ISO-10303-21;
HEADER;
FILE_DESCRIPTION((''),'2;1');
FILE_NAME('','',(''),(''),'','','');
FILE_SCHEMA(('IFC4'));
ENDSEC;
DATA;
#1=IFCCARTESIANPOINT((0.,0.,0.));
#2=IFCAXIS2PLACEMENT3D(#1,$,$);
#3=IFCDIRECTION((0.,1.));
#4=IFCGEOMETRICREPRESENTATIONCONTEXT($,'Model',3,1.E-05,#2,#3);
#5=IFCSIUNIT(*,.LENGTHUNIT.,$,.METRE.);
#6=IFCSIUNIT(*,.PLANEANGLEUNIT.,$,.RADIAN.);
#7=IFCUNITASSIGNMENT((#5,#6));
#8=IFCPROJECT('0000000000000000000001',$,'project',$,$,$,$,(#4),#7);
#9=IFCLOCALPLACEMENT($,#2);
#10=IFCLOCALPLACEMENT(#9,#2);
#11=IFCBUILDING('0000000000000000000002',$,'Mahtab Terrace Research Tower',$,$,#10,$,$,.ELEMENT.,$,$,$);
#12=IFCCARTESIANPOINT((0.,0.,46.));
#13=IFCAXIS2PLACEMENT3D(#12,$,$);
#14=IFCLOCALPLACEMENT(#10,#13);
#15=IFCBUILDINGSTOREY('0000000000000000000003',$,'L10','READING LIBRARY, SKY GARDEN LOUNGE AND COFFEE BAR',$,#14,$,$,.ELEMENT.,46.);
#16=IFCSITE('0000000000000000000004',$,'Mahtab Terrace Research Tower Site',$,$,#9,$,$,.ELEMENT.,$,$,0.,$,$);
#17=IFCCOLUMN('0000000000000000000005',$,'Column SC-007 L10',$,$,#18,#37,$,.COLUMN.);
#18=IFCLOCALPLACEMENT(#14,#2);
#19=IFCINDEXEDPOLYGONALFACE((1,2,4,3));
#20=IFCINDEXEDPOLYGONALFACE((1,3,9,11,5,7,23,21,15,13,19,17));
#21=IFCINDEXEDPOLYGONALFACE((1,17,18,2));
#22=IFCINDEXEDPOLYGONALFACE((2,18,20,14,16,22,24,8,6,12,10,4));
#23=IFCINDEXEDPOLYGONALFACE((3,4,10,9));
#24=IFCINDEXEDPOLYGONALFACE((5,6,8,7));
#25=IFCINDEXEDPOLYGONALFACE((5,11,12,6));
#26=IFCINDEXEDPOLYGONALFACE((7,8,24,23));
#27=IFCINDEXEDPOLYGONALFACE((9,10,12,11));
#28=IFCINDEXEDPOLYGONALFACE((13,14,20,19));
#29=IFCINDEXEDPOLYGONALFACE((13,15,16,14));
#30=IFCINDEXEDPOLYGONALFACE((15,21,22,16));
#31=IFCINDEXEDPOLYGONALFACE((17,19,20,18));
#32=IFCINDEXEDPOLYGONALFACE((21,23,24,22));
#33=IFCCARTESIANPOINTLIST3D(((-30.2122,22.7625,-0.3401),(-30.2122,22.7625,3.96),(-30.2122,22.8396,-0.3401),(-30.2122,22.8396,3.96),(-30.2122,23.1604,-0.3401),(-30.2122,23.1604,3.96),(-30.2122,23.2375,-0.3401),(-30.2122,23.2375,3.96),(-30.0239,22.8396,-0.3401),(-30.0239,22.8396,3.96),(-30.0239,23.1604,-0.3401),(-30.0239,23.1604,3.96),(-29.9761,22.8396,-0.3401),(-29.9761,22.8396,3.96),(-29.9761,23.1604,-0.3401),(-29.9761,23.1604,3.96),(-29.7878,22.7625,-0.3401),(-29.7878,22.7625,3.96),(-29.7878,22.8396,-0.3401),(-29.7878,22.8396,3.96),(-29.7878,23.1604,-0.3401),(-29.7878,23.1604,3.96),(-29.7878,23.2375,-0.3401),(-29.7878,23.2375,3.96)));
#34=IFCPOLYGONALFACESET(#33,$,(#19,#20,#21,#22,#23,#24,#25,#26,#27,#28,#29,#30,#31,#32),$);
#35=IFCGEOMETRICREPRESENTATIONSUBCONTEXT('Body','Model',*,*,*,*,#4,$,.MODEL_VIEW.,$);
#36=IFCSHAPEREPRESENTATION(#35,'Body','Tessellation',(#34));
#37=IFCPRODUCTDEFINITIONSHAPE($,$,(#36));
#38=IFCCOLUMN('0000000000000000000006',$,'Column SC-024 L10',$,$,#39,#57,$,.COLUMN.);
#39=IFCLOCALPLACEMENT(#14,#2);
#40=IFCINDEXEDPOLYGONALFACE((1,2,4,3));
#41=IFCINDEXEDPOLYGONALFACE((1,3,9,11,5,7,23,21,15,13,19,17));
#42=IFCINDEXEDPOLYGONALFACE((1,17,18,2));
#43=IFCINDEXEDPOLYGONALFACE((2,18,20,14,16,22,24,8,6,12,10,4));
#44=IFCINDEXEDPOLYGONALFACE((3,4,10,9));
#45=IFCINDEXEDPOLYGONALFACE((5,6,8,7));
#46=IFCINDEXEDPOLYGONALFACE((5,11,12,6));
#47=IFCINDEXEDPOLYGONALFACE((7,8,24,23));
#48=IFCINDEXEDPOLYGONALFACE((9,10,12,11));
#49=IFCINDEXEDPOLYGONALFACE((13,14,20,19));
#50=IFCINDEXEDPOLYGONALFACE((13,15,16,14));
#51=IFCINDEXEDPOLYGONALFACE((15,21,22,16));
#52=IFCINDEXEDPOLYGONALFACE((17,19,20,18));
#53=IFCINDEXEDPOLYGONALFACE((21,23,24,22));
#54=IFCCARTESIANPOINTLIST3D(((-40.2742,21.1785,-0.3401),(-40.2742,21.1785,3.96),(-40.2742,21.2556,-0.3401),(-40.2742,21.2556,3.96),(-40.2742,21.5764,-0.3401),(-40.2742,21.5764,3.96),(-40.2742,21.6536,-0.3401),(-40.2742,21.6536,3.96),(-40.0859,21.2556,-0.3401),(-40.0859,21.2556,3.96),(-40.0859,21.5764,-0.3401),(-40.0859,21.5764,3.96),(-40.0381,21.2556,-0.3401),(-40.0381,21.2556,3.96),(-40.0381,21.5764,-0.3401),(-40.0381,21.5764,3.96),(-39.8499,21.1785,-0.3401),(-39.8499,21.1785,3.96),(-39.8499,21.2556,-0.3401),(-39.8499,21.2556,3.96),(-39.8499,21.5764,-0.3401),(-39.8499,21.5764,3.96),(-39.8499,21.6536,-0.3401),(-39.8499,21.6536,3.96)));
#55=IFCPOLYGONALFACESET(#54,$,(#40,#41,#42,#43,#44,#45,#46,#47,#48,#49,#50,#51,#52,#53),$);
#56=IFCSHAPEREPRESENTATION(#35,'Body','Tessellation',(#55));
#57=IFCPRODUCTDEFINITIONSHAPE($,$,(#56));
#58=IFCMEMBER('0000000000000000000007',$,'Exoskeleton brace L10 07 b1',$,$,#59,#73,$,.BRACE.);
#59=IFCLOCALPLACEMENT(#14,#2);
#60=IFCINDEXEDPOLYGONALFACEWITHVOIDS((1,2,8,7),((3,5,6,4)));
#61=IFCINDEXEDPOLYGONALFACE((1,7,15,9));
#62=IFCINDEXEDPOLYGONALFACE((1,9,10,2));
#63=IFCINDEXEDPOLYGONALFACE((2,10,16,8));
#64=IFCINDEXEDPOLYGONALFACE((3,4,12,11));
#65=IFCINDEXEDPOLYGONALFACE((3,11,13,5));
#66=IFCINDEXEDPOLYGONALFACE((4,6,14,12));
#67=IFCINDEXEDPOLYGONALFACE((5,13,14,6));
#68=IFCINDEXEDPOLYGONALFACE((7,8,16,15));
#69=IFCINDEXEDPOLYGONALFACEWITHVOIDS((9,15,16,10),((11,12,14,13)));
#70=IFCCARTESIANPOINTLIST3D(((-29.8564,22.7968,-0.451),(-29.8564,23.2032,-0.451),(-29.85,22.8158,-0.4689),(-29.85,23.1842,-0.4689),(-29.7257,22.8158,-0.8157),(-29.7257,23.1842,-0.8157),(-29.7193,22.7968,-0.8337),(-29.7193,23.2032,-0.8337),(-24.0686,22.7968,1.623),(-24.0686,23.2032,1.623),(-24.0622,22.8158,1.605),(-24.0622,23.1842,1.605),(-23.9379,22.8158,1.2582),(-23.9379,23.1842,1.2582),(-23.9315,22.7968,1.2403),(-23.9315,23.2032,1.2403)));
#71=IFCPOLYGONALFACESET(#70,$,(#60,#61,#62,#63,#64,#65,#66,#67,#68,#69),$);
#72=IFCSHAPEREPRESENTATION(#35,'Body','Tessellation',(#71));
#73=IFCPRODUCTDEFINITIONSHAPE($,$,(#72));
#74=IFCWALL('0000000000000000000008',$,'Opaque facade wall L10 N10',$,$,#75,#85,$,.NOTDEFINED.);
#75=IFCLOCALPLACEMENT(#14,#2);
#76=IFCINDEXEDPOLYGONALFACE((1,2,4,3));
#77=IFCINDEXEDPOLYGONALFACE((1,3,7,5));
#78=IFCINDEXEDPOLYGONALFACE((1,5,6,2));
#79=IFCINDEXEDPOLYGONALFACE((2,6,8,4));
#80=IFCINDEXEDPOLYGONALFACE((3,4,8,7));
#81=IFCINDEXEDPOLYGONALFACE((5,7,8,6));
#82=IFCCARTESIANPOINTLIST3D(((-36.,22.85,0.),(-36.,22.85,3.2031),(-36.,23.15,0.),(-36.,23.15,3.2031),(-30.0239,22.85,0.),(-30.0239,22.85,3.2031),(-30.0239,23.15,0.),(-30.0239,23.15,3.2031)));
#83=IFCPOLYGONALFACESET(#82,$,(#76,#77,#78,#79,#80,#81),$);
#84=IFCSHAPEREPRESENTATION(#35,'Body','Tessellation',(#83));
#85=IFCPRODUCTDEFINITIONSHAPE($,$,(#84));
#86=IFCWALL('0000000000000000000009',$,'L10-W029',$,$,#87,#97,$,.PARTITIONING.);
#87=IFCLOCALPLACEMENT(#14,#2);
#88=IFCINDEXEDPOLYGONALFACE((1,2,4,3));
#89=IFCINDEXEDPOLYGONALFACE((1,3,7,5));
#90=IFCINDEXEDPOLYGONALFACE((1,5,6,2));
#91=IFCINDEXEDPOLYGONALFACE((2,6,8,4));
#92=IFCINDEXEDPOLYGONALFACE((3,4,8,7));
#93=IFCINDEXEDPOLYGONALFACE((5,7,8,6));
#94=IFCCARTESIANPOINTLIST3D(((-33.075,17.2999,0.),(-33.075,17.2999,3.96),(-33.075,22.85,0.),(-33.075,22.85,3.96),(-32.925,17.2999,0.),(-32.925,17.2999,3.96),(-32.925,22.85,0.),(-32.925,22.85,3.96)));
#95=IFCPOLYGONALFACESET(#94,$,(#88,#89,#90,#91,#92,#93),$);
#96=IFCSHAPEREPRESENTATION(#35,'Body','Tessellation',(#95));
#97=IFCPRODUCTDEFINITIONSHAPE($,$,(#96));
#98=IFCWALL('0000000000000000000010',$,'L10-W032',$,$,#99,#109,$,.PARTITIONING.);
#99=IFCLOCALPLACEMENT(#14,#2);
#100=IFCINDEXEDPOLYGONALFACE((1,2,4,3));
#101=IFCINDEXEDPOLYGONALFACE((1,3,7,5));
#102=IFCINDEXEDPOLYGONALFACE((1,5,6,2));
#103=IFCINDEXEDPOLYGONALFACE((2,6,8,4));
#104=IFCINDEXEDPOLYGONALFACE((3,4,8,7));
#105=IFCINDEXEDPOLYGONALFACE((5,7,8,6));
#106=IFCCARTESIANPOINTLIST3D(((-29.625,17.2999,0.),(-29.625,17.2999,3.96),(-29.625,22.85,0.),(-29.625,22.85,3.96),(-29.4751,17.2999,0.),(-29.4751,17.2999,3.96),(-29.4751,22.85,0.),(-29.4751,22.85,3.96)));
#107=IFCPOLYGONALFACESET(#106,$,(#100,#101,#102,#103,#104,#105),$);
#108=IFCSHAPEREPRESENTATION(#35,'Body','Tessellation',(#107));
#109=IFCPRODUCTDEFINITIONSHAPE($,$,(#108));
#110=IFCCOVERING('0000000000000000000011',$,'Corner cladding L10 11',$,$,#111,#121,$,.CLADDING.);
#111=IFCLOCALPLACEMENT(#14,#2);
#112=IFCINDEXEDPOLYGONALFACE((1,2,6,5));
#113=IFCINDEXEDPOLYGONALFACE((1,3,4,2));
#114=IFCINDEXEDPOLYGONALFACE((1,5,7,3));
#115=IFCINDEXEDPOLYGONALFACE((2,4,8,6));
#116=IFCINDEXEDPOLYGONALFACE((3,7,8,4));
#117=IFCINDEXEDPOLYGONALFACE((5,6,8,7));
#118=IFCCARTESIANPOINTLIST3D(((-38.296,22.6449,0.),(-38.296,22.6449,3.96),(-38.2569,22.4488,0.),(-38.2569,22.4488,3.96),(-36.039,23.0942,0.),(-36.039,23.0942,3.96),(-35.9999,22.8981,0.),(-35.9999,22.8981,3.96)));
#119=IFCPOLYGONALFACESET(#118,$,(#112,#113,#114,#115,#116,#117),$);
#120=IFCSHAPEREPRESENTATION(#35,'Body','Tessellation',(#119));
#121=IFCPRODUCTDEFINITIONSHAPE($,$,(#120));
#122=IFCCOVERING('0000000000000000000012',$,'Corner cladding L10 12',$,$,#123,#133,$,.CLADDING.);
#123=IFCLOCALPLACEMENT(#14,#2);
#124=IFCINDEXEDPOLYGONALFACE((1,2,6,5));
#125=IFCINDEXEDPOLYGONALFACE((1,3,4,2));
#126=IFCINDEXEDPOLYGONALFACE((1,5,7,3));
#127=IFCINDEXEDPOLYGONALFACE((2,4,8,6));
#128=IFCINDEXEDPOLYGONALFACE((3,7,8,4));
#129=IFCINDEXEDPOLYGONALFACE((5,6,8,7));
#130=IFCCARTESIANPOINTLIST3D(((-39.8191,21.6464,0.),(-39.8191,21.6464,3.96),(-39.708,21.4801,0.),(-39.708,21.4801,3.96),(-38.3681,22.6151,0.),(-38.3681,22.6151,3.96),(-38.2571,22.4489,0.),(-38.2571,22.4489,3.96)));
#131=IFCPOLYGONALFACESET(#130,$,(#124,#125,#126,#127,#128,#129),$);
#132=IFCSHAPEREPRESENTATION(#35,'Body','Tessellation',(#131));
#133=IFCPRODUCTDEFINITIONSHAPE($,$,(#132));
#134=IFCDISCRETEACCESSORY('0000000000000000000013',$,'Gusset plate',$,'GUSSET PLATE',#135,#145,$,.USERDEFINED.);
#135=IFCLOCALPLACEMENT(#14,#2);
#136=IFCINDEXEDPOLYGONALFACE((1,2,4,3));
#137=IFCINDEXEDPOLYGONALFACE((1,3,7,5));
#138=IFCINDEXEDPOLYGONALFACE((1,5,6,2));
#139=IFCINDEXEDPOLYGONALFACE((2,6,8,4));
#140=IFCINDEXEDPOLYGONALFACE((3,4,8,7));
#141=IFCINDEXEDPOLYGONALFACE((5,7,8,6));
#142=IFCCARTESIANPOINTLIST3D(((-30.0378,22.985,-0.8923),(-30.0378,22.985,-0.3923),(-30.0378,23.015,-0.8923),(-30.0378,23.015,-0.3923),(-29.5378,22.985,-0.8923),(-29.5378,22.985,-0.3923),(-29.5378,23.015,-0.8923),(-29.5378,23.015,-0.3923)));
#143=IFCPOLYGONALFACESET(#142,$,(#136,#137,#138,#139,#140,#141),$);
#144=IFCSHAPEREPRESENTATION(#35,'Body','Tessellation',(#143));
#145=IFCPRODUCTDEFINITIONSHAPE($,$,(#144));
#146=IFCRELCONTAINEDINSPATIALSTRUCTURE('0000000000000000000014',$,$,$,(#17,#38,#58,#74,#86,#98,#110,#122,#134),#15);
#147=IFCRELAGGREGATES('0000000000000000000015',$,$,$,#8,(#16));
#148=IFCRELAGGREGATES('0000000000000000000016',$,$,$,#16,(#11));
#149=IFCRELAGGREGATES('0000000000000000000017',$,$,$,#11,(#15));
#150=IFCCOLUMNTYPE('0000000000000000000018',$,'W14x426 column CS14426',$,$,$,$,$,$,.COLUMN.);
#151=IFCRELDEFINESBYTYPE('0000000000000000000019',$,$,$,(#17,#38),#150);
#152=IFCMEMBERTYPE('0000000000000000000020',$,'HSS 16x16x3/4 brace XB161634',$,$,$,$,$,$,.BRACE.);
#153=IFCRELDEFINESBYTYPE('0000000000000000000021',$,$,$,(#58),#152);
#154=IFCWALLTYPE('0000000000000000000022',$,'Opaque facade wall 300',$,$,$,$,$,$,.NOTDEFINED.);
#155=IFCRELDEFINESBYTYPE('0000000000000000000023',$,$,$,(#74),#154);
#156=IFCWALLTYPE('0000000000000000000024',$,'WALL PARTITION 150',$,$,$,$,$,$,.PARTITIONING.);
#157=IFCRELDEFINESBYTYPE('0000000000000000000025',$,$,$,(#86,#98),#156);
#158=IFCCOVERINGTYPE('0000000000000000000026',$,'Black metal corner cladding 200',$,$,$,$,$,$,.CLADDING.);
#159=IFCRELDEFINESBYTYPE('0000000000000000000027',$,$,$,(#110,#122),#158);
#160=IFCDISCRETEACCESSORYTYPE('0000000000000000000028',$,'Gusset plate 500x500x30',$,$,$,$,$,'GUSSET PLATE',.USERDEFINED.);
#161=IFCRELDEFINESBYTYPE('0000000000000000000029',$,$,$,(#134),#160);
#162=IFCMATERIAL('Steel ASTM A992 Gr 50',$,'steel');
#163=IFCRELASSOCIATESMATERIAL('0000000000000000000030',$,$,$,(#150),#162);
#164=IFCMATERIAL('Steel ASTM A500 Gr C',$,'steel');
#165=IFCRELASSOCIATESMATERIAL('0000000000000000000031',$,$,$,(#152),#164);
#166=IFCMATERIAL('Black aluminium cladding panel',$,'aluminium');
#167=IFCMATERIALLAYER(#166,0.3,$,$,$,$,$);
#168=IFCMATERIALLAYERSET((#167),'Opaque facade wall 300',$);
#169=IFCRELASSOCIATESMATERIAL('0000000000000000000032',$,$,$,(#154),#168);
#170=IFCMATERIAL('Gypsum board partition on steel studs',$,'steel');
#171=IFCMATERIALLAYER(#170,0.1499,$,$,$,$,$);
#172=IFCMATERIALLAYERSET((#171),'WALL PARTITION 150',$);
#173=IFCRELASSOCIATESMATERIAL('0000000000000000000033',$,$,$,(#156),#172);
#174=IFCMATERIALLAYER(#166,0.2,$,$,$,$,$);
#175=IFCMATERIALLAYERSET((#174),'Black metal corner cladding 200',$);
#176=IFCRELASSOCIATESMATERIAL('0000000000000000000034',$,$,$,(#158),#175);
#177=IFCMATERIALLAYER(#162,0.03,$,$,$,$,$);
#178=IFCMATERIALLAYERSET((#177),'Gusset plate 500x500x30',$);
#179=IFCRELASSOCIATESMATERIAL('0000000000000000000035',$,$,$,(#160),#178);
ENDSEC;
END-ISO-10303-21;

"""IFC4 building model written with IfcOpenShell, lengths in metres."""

from ifc_helpers import new_model, si_unit, direction, frame, frame_2d, origin, origin_2d, place, context, subcontext, project, spatial, rectangle, hollow_rectangle, i_section, extrude, material, layer, layer_set, material_profile, profile_set, type_object, element, save


model = new_model("IFC4")

# Units and contexts
model_context = context("Model", 3, precision=1e-05, world=origin(), true_north=direction((0.0, 1.0)))
body_context = subcontext(model_context, "Body", "Model", "MODEL_VIEW")
ifc_project = project(units=[si_unit("LENGTHUNIT", "METRE"), si_unit("PLANEANGLEUNIT", "RADIAN")], contexts=[model_context])

# Site, building, storey
site_placement = place(None, origin())
site = spatial("IfcSite", under=ifc_project, at=site_placement, Name="Mahtab Terrace Research Tower Site", CompositionType="ELEMENT", RefElevation=0.0)
building_placement = place(site_placement, origin())
building = spatial("IfcBuilding", under=site, at=building_placement, Name="Mahtab Terrace Research Tower", CompositionType="ELEMENT")
storey_placement = place(building_placement, frame((0.0, 0.0, 46.0)))
storey = spatial("IfcBuildingStorey", under=building, at=storey_placement, Name="L10", Description="READING LIBRARY, SKY GARDEN LOUNGE AND COFFEE BAR", CompositionType="ELEMENT", Elevation=46.0)

# Columns
ifc_material_1 = material(Name="Steel ASTM A992 Gr 50", Category="steel")
ifc_material_profile_1 = material_profile(ifc_material_1, i_section(OverallWidth=0.4243, OverallDepth=0.4751, WebThickness=0.0479, FlangeThickness=0.0771, at=origin_2d()), Name="W14X426")
ifc_profile_set_1 = profile_set([ifc_material_profile_1], Name="Steel ASTM A992 Gr 50")
column_type = type_object("IfcColumnType", Name="W14x426 column CS14426", PredefinedType="COLUMN", material=ifc_profile_set_1)
for number, where, z_axis, x_axis, name in (
    (1, (-30.0, 23.0, -0.3401), (0.0, 0.0, 1.0), (1.0, 0.0, 0.0), "Column SC-007 L10"),
    (2, (-40.062, 21.416, -0.3401), (0.0, 0.0, 1.0), (1.0, 0.0, 0.0), "Column SC-024 L10"),
):
    element("IfcColumn", number, at=place(storey_placement, frame(where, z_axis=z_axis, x_axis=x_axis)), inside=storey, type_object=column_type, Name=name, PredefinedType="COLUMN", context=body_context, shape_type="SweptSolid", body=[
        extrude(i_section(OverallWidth=0.4243, OverallDepth=0.4751, WebThickness=0.0479, FlangeThickness=0.0771, at=origin_2d()), origin(), (0.0, 0.0, 1.0), 4.3),
    ])

# Member
ifc_material_2 = material(Name="Steel ASTM A500 Gr C", Category="steel")
ifc_material_profile_2 = material_profile(ifc_material_2, hollow_rectangle(XDim=0.4065, YDim=0.4065, WallThickness=0.019, at=origin_2d()), Name="HSS16X16X3/4")
ifc_profile_set_2 = profile_set([ifc_material_profile_2], Name="Steel ASTM A500 Gr C")
member_type = type_object("IfcMemberType", Name="HSS 16x16x3/4 brace XB161634", PredefinedType="BRACE", material=ifc_profile_set_2)
member_placement = place(storey_placement, frame((-29.7878, 23.0, -0.6423), z_axis=(0.941387, 0.0, 0.33733), x_axis=(0.0, 1.0, 0.0)))
element("IfcMember", 3, at=member_placement, inside=storey, type_object=member_type, Name="Exoskeleton brace L10 07 b1", PredefinedType="BRACE", context=body_context, shape_type="SweptSolid", body=[
    extrude(hollow_rectangle(XDim=0.4065, YDim=0.4065, WallThickness=0.019, at=origin_2d()), origin(), (0.0, 0.0, 1.0), 6.1482),
])

# Walls
ifc_material_3 = material(Name="Black aluminium cladding panel", Category="aluminium")
ifc_layer_1 = layer(ifc_material_3, 0.3)
ifc_layer_set_1 = layer_set([ifc_layer_1], Name="Opaque facade wall 300")
wall_type_1 = type_object("IfcWallType", Name="Opaque facade wall 300", PredefinedType="NOTDEFINED", material=ifc_layer_set_1)
wall_placement = place(storey_placement, frame((-30.0239, 23.0, 0.0), z_axis=(0.0, 0.0, 1.0), x_axis=(-1.0, 0.0, 0.0)))
element("IfcWall", 4, at=wall_placement, inside=storey, type_object=wall_type_1, Name="Opaque facade wall L10 N10", PredefinedType="NOTDEFINED", context=body_context, shape_type="SweptSolid", body=[
    extrude(rectangle(XDim=5.9761, YDim=0.3, at=frame_2d((2.988, 0.0))), origin(), (0.0, 0.0, 1.0), 3.2031),
])
ifc_material_4 = material(Name="Gypsum board partition on steel studs", Category="steel")
ifc_layer_2 = layer(ifc_material_4, 0.1499)
ifc_layer_set_2 = layer_set([ifc_layer_2], Name="WALL PARTITION 150")
wall_type_2 = type_object("IfcWallType", Name="WALL PARTITION 150", PredefinedType="PARTITIONING", material=ifc_layer_set_2)
for number, where, z_axis, x_axis, name in (
    (5, (-33.0, 17.3, 0.0), (0.0, 0.0, 1.0), (0.0, 1.0, 0.0), "L10-W029"),
    (6, (-29.55, 17.3, 0.0), (0.0, 0.0, 1.0), (0.0, 1.0, 0.0), "L10-W032"),
):
    element("IfcWall", number, at=place(storey_placement, frame(where, z_axis=z_axis, x_axis=x_axis)), inside=storey, type_object=wall_type_2, Name=name, PredefinedType="PARTITIONING", context=body_context, shape_type="SweptSolid", body=[
        extrude(rectangle(XDim=5.55, YDim=0.1499, at=frame_2d((2.7749, 0.0))), origin(), (0.0, 0.0, 1.0), 3.96),
    ])

# Coverings
ifc_layer_3 = layer(ifc_material_3, 0.2)
ifc_layer_set_3 = layer_set([ifc_layer_3], Name="Black metal corner cladding 200")
covering_type = type_object("IfcCoveringType", Name="Black metal corner cladding 200", PredefinedType="CLADDING", material=ifc_layer_set_3)
covering_1_placement = place(storey_placement, frame((-37.1479, 22.7715, 0.0), z_axis=(0.0, 0.0, 1.0), x_axis=(-0.980761, -0.195212, 0.0)))
element("IfcCovering", 7, at=covering_1_placement, inside=storey, type_object=covering_type, Name="Corner cladding L10 11", PredefinedType="CLADDING", context=body_context, shape_type="SweptSolid", body=[
    extrude(rectangle(XDim=2.3013, YDim=0.2, at=origin_2d()), origin(), (0.0, 0.0, 1.0), 3.96),
])
covering_2_placement = place(storey_placement, frame((-39.0381, 22.0476, 0.0), z_axis=(0.0, 0.0, 1.0), x_axis=(-0.831656, -0.555291, 0.0)))
element("IfcCovering", 8, at=covering_2_placement, inside=storey, type_object=covering_type, Name="Corner cladding L10 12", PredefinedType="CLADDING", context=body_context, shape_type="SweptSolid", body=[
    extrude(rectangle(XDim=1.7446, YDim=0.2, at=origin_2d()), origin(), (0.0, 0.0, 1.0), 3.96),
])

# Discrete accessory
ifc_layer_4 = layer(ifc_material_1, 0.03)
ifc_layer_set_4 = layer_set([ifc_layer_4], Name="Gusset plate 500x500x30")
discrete_accessory_type = type_object("IfcDiscreteAccessoryType", Name="Gusset plate 500x500x30", ElementType="GUSSET PLATE", PredefinedType="USERDEFINED", material=ifc_layer_set_4)
discrete_accessory_placement = place(storey_placement, frame((-29.7878, 23.0, -0.8923), z_axis=(0.0, 0.0, 1.0), x_axis=(1.0, 0.0, 0.0)))
element("IfcDiscreteAccessory", 9, at=discrete_accessory_placement, inside=storey, type_object=discrete_accessory_type, Name="Gusset plate", ObjectType="GUSSET PLATE", PredefinedType="USERDEFINED", context=body_context, shape_type="SweptSolid", body=[
    extrude(rectangle(XDim=0.5, YDim=0.03, at=origin_2d()), origin(), (0.0, 0.0, 1.0), 0.5),
])

save(model, "model.ifc")
